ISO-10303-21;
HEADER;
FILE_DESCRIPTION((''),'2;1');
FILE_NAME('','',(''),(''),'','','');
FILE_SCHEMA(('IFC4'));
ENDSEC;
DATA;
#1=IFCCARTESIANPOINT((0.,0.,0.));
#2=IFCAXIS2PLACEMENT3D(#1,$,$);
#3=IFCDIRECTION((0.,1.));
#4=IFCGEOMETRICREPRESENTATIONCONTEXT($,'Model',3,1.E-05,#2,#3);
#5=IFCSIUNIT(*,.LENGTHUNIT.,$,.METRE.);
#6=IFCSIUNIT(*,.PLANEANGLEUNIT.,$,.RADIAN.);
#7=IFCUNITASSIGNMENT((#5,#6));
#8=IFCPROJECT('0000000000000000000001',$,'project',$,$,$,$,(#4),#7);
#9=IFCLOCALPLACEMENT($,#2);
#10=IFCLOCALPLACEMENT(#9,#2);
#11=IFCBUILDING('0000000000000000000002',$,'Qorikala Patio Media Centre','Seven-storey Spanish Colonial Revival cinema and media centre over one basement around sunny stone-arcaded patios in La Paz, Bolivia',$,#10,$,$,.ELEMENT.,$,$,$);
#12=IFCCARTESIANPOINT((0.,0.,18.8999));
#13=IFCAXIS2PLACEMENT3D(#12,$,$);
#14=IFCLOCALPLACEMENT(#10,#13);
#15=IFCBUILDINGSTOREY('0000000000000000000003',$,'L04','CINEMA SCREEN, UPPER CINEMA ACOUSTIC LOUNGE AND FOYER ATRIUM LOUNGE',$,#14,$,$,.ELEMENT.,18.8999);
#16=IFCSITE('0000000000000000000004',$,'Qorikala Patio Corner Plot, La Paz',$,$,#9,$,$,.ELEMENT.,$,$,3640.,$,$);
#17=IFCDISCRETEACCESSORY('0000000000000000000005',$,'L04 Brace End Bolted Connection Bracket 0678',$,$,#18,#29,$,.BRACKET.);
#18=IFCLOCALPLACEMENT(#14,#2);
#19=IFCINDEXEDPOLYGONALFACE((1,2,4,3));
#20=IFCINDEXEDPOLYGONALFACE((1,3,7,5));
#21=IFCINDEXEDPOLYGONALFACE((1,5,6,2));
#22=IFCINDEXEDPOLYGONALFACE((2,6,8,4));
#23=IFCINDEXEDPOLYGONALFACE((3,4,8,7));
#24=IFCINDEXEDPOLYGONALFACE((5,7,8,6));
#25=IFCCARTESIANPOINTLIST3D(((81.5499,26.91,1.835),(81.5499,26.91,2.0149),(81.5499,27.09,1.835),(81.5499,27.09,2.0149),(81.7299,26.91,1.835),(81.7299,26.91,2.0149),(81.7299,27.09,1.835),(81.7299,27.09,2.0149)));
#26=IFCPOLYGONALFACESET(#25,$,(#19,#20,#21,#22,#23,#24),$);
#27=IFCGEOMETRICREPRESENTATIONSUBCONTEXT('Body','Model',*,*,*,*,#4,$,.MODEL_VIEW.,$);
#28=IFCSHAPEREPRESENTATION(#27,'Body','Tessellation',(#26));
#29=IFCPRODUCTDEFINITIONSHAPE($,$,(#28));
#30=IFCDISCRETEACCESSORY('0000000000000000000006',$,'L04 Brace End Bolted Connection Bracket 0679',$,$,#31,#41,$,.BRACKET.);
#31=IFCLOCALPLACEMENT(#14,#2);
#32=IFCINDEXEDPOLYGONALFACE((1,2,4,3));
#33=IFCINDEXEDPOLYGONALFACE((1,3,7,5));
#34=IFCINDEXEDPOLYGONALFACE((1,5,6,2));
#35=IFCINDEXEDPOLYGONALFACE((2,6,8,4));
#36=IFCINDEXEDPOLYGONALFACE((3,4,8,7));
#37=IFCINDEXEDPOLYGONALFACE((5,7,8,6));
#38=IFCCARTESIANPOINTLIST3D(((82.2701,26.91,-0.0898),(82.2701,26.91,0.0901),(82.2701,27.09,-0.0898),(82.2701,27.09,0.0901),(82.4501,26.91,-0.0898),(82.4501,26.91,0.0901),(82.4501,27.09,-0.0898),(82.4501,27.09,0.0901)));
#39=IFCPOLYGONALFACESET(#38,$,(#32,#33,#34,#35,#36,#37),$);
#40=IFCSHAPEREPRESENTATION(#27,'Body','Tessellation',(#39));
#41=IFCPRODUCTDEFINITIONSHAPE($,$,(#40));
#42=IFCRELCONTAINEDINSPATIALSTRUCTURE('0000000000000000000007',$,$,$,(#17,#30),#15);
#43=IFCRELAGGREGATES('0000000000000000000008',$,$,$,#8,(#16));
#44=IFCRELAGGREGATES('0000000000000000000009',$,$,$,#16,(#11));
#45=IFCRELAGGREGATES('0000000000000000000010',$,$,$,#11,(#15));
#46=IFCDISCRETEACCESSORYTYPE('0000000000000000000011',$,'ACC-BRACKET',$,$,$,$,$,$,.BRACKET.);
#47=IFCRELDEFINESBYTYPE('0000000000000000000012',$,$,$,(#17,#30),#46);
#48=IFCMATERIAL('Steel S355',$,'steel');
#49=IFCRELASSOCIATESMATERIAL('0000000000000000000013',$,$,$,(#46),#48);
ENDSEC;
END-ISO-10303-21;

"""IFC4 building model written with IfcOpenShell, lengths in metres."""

from ifc_helpers import new_model, si_unit, direction, frame, origin, origin_2d, place, context, subcontext, project, spatial, rectangle, extrude, material, type_object, element, save


model = new_model("IFC4")

# Units and contexts
model_context = context("Model", 3, precision=1e-05, world=origin(), true_north=direction((0.0, 1.0)))
body_context = subcontext(model_context, "Body", "Model", "MODEL_VIEW")
ifc_project = project(units=[si_unit("LENGTHUNIT", "METRE"), si_unit("PLANEANGLEUNIT", "RADIAN")], contexts=[model_context])

# Site, building, storey
site_placement = place(None, origin())
site = spatial("IfcSite", under=ifc_project, at=site_placement, Name="Qorikala Patio Corner Plot, La Paz", CompositionType="ELEMENT", RefElevation=3640.0)
building_placement = place(site_placement, origin())
building = spatial("IfcBuilding", under=site, at=building_placement, Name="Qorikala Patio Media Centre", Description="Seven-storey Spanish Colonial Revival cinema and media centre over one basement around sunny stone-arcaded patios in La Paz, Bolivia", CompositionType="ELEMENT")
storey_placement = place(building_placement, frame((0.0, 0.0, 18.8999)))
storey = spatial("IfcBuildingStorey", under=building, at=storey_placement, Name="L04", Description="CINEMA SCREEN, UPPER CINEMA ACOUSTIC LOUNGE AND FOYER ATRIUM LOUNGE", CompositionType="ELEMENT", Elevation=18.8999)

# Discrete accessories
ifc_material_1 = material(Name="Steel S355", Category="steel")
discrete_accessory_type = type_object("IfcDiscreteAccessoryType", Name="ACC-BRACKET", PredefinedType="BRACKET", material=ifc_material_1)
for number, where, z_axis, x_axis, name in (
    (1, (81.6399, 27.0, 1.835), (0.0, 0.0, 1.0), (1.0, 0.0, 0.0), "L04 Brace End Bolted Connection Bracket 0678"),
    (2, (82.3601, 27.0, -0.0898), (0.0, 0.0, 1.0), (1.0, 0.0, 0.0), "L04 Brace End Bolted Connection Bracket 0679"),
):
    element("IfcDiscreteAccessory", number, at=place(storey_placement, frame(where, z_axis=z_axis, x_axis=x_axis)), inside=storey, type_object=discrete_accessory_type, Name=name, PredefinedType="BRACKET", context=body_context, shape_type="SweptSolid", body=[
        extrude(rectangle(XDim=0.1799, YDim=0.1799, at=origin_2d()), origin(), (0.0, 0.0, 1.0), 0.1799),
    ])

save(model, "model.ifc")
